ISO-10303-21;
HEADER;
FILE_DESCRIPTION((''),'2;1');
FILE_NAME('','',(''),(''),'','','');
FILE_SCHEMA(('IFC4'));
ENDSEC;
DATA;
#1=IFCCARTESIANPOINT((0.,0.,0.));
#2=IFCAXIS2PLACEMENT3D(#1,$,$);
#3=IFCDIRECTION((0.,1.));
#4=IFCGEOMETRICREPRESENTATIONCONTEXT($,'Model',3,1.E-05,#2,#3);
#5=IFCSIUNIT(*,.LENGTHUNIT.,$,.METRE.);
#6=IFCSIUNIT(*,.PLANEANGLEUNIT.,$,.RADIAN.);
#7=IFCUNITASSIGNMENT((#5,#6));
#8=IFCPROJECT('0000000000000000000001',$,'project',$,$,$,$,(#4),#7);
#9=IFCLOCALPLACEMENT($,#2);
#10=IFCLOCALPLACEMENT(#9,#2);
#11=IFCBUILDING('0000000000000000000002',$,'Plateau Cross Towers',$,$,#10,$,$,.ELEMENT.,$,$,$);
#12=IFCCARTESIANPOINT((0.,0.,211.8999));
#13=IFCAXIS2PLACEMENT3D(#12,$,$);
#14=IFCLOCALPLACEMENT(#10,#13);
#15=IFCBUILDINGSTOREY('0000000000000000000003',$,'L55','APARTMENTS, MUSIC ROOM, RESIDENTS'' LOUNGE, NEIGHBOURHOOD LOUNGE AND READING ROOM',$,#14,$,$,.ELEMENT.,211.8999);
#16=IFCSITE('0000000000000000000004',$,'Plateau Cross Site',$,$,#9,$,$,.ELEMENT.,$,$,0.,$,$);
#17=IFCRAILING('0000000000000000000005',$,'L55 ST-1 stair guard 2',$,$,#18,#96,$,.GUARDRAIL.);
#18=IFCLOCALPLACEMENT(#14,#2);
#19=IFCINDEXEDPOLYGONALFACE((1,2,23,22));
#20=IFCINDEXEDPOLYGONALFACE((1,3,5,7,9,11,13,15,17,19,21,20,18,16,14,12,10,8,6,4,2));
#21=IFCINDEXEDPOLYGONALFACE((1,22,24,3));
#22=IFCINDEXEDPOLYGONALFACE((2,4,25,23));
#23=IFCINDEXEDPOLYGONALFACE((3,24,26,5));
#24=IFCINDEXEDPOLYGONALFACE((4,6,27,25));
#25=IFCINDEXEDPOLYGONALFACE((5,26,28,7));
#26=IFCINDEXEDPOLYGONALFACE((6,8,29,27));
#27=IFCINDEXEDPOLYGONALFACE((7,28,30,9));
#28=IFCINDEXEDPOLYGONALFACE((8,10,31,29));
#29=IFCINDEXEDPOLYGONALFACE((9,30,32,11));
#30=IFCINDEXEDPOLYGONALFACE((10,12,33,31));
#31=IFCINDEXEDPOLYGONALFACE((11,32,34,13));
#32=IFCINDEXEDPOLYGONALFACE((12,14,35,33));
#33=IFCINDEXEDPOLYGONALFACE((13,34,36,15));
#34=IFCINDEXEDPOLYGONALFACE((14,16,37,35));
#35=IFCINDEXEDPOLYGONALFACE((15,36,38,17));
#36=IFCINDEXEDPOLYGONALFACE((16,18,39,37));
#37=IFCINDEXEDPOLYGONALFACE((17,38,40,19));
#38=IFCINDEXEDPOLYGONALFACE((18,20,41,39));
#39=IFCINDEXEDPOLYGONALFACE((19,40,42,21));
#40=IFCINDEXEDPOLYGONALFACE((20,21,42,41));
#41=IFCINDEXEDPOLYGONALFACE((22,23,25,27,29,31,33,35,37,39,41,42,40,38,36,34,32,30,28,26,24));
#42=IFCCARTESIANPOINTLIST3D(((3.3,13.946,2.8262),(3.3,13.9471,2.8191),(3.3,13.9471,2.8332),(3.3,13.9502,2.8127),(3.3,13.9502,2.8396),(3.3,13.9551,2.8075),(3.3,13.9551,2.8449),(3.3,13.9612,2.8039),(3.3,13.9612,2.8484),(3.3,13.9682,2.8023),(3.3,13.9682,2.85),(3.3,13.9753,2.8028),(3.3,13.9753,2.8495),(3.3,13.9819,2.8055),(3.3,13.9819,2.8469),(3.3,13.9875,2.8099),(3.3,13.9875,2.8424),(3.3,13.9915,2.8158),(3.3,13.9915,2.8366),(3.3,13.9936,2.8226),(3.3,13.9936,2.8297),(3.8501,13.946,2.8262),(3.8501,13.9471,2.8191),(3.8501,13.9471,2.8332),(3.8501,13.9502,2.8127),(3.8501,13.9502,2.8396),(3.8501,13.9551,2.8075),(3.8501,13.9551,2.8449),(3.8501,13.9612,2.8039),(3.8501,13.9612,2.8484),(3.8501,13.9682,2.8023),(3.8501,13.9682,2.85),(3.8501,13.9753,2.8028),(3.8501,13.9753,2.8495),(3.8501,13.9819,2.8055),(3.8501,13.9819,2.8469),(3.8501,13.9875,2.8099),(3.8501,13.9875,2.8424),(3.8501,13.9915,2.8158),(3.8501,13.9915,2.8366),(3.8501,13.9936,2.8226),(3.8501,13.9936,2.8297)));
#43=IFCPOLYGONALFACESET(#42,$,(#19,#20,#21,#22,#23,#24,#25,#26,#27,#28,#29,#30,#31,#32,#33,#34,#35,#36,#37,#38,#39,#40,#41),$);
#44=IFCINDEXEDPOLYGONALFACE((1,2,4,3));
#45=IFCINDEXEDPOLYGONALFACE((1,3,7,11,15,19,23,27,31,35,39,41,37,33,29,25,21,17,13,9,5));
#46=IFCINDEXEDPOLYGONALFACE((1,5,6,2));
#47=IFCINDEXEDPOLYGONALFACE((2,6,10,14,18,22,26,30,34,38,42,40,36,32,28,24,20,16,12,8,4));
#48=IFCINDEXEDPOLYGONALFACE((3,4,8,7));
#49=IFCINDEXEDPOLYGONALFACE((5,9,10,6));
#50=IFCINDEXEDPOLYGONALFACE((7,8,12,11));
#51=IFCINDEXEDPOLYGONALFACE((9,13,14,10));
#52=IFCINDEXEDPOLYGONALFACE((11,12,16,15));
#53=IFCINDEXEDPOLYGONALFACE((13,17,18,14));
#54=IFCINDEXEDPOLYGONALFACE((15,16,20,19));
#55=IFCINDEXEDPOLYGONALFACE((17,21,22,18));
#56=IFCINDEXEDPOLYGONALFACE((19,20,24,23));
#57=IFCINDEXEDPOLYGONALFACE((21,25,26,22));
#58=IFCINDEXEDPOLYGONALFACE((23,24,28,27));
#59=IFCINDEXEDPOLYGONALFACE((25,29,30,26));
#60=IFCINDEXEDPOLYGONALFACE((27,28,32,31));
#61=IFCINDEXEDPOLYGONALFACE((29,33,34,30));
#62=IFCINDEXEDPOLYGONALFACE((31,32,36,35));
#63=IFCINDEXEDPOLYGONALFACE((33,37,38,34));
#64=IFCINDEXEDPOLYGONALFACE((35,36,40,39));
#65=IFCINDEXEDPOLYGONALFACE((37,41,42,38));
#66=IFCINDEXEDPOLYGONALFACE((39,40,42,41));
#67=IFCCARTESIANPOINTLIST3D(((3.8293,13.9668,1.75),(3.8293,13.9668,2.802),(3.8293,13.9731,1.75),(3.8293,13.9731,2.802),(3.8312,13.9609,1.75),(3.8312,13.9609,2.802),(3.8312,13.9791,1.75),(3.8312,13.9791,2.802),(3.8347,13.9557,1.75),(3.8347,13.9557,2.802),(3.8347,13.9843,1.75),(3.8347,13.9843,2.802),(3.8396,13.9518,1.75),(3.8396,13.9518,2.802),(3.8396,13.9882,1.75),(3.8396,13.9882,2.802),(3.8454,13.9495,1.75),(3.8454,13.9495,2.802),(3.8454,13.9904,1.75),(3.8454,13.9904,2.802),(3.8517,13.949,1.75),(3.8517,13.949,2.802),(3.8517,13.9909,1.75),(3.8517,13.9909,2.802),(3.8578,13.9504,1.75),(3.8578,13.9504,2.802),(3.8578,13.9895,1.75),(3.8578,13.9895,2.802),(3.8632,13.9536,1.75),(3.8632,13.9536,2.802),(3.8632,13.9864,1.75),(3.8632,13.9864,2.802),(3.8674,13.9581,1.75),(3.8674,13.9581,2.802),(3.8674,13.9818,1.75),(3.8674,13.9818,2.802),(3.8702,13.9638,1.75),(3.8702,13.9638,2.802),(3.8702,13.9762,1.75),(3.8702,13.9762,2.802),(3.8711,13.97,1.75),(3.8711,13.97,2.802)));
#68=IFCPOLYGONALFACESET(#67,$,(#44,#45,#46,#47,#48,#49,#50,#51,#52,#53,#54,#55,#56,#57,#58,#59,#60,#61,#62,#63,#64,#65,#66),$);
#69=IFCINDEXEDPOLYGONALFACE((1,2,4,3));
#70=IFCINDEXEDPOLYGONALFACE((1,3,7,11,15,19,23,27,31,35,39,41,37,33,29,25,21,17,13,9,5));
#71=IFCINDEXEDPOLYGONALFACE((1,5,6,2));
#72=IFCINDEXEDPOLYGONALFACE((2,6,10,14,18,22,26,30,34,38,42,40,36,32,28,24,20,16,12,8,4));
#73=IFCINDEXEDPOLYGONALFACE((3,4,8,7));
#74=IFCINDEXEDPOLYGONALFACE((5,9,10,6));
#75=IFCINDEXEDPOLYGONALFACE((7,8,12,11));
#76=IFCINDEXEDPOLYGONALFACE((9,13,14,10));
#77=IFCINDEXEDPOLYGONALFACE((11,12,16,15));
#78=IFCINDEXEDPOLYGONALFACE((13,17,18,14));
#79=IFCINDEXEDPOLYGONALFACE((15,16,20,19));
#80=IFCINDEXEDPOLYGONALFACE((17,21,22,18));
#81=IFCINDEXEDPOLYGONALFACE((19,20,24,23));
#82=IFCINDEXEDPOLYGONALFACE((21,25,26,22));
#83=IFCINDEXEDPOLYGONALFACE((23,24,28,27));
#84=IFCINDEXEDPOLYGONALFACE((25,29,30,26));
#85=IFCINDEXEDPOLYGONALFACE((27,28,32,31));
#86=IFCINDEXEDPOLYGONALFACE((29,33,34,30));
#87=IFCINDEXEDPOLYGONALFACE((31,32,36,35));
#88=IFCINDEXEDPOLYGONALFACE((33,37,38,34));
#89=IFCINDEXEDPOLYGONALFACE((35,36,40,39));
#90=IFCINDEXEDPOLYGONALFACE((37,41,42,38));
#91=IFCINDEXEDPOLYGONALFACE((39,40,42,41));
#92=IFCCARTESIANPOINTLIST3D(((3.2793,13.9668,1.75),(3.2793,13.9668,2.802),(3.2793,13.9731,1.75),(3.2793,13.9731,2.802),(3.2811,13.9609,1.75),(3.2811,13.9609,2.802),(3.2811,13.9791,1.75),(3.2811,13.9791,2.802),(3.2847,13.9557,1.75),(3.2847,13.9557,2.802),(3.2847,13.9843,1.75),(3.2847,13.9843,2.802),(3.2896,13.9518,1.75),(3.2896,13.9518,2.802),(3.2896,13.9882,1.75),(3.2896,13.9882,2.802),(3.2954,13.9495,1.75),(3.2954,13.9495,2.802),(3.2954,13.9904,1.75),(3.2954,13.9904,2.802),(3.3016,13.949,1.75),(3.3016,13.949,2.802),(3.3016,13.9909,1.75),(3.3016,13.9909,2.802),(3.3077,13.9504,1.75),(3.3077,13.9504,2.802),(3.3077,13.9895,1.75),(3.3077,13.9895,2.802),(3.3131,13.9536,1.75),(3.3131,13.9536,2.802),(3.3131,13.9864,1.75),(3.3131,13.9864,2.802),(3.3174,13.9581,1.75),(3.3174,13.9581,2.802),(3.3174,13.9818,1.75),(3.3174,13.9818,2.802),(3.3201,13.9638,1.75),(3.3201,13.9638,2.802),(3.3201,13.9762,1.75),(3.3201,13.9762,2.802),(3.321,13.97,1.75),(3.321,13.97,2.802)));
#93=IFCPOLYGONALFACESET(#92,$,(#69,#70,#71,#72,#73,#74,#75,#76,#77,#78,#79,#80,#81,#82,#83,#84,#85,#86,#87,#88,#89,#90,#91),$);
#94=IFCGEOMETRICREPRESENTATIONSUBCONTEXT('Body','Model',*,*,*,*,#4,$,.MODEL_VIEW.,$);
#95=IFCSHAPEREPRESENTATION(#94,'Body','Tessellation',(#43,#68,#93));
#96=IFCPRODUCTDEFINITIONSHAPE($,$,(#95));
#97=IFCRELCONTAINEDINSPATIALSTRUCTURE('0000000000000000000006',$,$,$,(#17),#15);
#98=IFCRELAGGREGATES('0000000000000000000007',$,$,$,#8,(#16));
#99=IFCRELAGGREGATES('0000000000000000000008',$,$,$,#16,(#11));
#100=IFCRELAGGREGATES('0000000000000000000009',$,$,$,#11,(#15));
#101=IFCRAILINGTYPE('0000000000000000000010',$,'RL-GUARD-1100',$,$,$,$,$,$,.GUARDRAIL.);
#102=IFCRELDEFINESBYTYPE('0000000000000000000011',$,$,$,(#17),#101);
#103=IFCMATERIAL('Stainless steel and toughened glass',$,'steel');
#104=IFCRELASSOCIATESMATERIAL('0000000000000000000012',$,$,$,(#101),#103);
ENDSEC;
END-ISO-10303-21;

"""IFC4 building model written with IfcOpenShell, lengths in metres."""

from ifc_helpers import new_model, si_unit, direction, frame, origin, origin_2d, place, context, subcontext, project, spatial, circle, extrude, material, type_object, element, save


model = new_model("IFC4")

# Units and contexts
model_context = context("Model", 3, precision=1e-05, world=origin(), true_north=direction((0.0, 1.0)))
body_context = subcontext(model_context, "Body", "Model", "MODEL_VIEW")
ifc_project = project(units=[si_unit("LENGTHUNIT", "METRE"), si_unit("PLANEANGLEUNIT", "RADIAN")], contexts=[model_context])

# Site, building, storey
site_placement = place(None, origin())
site = spatial("IfcSite", under=ifc_project, at=site_placement, Name="Plateau Cross Site", CompositionType="ELEMENT", RefElevation=0.0)
building_placement = place(site_placement, origin())
building = spatial("IfcBuilding", under=site, at=building_placement, Name="Plateau Cross Towers", CompositionType="ELEMENT")
storey_placement = place(building_placement, frame((0.0, 0.0, 211.8999)))
storey = spatial("IfcBuildingStorey", under=building, at=storey_placement, Name="L55", Description="APARTMENTS, MUSIC ROOM, RESIDENTS' LOUNGE, NEIGHBOURHOOD LOUNGE AND READING ROOM", CompositionType="ELEMENT", Elevation=211.8999)

# Railing
ifc_material_1 = material(Name="Stainless steel and toughened glass", Category="steel")
railing_type = type_object("IfcRailingType", Name="RL-GUARD-1100", PredefinedType="GUARDRAIL", material=ifc_material_1)
railing_1_placement = place(storey_placement, frame((3.8501, 13.97, 1.75)))
element("IfcRailing", 1, at=railing_1_placement, inside=storey, type_object=railing_type, Name="L55 ST-1 stair guard 2", PredefinedType="GUARDRAIL", context=body_context, shape_type="SweptSolid", body=[
    extrude(circle(Radius=0.0239, at=origin_2d()), frame((0.0, 0.0, 1.0762), z_axis=(-1.0, 0.0, 0.0), x_axis=(0.0, -1.0, 0.0)), (0.0, 0.0, 1.0), 0.55),
    extrude(circle(Radius=0.021, at=origin_2d()), origin(), (0.0, 0.0, 1.0), 1.052),
    extrude(circle(Radius=0.021, at=origin_2d()), frame((-0.55, 0.0, 0.0)), (0.0, 0.0, 1.0), 1.052),
])

save(model, "model.ifc")
